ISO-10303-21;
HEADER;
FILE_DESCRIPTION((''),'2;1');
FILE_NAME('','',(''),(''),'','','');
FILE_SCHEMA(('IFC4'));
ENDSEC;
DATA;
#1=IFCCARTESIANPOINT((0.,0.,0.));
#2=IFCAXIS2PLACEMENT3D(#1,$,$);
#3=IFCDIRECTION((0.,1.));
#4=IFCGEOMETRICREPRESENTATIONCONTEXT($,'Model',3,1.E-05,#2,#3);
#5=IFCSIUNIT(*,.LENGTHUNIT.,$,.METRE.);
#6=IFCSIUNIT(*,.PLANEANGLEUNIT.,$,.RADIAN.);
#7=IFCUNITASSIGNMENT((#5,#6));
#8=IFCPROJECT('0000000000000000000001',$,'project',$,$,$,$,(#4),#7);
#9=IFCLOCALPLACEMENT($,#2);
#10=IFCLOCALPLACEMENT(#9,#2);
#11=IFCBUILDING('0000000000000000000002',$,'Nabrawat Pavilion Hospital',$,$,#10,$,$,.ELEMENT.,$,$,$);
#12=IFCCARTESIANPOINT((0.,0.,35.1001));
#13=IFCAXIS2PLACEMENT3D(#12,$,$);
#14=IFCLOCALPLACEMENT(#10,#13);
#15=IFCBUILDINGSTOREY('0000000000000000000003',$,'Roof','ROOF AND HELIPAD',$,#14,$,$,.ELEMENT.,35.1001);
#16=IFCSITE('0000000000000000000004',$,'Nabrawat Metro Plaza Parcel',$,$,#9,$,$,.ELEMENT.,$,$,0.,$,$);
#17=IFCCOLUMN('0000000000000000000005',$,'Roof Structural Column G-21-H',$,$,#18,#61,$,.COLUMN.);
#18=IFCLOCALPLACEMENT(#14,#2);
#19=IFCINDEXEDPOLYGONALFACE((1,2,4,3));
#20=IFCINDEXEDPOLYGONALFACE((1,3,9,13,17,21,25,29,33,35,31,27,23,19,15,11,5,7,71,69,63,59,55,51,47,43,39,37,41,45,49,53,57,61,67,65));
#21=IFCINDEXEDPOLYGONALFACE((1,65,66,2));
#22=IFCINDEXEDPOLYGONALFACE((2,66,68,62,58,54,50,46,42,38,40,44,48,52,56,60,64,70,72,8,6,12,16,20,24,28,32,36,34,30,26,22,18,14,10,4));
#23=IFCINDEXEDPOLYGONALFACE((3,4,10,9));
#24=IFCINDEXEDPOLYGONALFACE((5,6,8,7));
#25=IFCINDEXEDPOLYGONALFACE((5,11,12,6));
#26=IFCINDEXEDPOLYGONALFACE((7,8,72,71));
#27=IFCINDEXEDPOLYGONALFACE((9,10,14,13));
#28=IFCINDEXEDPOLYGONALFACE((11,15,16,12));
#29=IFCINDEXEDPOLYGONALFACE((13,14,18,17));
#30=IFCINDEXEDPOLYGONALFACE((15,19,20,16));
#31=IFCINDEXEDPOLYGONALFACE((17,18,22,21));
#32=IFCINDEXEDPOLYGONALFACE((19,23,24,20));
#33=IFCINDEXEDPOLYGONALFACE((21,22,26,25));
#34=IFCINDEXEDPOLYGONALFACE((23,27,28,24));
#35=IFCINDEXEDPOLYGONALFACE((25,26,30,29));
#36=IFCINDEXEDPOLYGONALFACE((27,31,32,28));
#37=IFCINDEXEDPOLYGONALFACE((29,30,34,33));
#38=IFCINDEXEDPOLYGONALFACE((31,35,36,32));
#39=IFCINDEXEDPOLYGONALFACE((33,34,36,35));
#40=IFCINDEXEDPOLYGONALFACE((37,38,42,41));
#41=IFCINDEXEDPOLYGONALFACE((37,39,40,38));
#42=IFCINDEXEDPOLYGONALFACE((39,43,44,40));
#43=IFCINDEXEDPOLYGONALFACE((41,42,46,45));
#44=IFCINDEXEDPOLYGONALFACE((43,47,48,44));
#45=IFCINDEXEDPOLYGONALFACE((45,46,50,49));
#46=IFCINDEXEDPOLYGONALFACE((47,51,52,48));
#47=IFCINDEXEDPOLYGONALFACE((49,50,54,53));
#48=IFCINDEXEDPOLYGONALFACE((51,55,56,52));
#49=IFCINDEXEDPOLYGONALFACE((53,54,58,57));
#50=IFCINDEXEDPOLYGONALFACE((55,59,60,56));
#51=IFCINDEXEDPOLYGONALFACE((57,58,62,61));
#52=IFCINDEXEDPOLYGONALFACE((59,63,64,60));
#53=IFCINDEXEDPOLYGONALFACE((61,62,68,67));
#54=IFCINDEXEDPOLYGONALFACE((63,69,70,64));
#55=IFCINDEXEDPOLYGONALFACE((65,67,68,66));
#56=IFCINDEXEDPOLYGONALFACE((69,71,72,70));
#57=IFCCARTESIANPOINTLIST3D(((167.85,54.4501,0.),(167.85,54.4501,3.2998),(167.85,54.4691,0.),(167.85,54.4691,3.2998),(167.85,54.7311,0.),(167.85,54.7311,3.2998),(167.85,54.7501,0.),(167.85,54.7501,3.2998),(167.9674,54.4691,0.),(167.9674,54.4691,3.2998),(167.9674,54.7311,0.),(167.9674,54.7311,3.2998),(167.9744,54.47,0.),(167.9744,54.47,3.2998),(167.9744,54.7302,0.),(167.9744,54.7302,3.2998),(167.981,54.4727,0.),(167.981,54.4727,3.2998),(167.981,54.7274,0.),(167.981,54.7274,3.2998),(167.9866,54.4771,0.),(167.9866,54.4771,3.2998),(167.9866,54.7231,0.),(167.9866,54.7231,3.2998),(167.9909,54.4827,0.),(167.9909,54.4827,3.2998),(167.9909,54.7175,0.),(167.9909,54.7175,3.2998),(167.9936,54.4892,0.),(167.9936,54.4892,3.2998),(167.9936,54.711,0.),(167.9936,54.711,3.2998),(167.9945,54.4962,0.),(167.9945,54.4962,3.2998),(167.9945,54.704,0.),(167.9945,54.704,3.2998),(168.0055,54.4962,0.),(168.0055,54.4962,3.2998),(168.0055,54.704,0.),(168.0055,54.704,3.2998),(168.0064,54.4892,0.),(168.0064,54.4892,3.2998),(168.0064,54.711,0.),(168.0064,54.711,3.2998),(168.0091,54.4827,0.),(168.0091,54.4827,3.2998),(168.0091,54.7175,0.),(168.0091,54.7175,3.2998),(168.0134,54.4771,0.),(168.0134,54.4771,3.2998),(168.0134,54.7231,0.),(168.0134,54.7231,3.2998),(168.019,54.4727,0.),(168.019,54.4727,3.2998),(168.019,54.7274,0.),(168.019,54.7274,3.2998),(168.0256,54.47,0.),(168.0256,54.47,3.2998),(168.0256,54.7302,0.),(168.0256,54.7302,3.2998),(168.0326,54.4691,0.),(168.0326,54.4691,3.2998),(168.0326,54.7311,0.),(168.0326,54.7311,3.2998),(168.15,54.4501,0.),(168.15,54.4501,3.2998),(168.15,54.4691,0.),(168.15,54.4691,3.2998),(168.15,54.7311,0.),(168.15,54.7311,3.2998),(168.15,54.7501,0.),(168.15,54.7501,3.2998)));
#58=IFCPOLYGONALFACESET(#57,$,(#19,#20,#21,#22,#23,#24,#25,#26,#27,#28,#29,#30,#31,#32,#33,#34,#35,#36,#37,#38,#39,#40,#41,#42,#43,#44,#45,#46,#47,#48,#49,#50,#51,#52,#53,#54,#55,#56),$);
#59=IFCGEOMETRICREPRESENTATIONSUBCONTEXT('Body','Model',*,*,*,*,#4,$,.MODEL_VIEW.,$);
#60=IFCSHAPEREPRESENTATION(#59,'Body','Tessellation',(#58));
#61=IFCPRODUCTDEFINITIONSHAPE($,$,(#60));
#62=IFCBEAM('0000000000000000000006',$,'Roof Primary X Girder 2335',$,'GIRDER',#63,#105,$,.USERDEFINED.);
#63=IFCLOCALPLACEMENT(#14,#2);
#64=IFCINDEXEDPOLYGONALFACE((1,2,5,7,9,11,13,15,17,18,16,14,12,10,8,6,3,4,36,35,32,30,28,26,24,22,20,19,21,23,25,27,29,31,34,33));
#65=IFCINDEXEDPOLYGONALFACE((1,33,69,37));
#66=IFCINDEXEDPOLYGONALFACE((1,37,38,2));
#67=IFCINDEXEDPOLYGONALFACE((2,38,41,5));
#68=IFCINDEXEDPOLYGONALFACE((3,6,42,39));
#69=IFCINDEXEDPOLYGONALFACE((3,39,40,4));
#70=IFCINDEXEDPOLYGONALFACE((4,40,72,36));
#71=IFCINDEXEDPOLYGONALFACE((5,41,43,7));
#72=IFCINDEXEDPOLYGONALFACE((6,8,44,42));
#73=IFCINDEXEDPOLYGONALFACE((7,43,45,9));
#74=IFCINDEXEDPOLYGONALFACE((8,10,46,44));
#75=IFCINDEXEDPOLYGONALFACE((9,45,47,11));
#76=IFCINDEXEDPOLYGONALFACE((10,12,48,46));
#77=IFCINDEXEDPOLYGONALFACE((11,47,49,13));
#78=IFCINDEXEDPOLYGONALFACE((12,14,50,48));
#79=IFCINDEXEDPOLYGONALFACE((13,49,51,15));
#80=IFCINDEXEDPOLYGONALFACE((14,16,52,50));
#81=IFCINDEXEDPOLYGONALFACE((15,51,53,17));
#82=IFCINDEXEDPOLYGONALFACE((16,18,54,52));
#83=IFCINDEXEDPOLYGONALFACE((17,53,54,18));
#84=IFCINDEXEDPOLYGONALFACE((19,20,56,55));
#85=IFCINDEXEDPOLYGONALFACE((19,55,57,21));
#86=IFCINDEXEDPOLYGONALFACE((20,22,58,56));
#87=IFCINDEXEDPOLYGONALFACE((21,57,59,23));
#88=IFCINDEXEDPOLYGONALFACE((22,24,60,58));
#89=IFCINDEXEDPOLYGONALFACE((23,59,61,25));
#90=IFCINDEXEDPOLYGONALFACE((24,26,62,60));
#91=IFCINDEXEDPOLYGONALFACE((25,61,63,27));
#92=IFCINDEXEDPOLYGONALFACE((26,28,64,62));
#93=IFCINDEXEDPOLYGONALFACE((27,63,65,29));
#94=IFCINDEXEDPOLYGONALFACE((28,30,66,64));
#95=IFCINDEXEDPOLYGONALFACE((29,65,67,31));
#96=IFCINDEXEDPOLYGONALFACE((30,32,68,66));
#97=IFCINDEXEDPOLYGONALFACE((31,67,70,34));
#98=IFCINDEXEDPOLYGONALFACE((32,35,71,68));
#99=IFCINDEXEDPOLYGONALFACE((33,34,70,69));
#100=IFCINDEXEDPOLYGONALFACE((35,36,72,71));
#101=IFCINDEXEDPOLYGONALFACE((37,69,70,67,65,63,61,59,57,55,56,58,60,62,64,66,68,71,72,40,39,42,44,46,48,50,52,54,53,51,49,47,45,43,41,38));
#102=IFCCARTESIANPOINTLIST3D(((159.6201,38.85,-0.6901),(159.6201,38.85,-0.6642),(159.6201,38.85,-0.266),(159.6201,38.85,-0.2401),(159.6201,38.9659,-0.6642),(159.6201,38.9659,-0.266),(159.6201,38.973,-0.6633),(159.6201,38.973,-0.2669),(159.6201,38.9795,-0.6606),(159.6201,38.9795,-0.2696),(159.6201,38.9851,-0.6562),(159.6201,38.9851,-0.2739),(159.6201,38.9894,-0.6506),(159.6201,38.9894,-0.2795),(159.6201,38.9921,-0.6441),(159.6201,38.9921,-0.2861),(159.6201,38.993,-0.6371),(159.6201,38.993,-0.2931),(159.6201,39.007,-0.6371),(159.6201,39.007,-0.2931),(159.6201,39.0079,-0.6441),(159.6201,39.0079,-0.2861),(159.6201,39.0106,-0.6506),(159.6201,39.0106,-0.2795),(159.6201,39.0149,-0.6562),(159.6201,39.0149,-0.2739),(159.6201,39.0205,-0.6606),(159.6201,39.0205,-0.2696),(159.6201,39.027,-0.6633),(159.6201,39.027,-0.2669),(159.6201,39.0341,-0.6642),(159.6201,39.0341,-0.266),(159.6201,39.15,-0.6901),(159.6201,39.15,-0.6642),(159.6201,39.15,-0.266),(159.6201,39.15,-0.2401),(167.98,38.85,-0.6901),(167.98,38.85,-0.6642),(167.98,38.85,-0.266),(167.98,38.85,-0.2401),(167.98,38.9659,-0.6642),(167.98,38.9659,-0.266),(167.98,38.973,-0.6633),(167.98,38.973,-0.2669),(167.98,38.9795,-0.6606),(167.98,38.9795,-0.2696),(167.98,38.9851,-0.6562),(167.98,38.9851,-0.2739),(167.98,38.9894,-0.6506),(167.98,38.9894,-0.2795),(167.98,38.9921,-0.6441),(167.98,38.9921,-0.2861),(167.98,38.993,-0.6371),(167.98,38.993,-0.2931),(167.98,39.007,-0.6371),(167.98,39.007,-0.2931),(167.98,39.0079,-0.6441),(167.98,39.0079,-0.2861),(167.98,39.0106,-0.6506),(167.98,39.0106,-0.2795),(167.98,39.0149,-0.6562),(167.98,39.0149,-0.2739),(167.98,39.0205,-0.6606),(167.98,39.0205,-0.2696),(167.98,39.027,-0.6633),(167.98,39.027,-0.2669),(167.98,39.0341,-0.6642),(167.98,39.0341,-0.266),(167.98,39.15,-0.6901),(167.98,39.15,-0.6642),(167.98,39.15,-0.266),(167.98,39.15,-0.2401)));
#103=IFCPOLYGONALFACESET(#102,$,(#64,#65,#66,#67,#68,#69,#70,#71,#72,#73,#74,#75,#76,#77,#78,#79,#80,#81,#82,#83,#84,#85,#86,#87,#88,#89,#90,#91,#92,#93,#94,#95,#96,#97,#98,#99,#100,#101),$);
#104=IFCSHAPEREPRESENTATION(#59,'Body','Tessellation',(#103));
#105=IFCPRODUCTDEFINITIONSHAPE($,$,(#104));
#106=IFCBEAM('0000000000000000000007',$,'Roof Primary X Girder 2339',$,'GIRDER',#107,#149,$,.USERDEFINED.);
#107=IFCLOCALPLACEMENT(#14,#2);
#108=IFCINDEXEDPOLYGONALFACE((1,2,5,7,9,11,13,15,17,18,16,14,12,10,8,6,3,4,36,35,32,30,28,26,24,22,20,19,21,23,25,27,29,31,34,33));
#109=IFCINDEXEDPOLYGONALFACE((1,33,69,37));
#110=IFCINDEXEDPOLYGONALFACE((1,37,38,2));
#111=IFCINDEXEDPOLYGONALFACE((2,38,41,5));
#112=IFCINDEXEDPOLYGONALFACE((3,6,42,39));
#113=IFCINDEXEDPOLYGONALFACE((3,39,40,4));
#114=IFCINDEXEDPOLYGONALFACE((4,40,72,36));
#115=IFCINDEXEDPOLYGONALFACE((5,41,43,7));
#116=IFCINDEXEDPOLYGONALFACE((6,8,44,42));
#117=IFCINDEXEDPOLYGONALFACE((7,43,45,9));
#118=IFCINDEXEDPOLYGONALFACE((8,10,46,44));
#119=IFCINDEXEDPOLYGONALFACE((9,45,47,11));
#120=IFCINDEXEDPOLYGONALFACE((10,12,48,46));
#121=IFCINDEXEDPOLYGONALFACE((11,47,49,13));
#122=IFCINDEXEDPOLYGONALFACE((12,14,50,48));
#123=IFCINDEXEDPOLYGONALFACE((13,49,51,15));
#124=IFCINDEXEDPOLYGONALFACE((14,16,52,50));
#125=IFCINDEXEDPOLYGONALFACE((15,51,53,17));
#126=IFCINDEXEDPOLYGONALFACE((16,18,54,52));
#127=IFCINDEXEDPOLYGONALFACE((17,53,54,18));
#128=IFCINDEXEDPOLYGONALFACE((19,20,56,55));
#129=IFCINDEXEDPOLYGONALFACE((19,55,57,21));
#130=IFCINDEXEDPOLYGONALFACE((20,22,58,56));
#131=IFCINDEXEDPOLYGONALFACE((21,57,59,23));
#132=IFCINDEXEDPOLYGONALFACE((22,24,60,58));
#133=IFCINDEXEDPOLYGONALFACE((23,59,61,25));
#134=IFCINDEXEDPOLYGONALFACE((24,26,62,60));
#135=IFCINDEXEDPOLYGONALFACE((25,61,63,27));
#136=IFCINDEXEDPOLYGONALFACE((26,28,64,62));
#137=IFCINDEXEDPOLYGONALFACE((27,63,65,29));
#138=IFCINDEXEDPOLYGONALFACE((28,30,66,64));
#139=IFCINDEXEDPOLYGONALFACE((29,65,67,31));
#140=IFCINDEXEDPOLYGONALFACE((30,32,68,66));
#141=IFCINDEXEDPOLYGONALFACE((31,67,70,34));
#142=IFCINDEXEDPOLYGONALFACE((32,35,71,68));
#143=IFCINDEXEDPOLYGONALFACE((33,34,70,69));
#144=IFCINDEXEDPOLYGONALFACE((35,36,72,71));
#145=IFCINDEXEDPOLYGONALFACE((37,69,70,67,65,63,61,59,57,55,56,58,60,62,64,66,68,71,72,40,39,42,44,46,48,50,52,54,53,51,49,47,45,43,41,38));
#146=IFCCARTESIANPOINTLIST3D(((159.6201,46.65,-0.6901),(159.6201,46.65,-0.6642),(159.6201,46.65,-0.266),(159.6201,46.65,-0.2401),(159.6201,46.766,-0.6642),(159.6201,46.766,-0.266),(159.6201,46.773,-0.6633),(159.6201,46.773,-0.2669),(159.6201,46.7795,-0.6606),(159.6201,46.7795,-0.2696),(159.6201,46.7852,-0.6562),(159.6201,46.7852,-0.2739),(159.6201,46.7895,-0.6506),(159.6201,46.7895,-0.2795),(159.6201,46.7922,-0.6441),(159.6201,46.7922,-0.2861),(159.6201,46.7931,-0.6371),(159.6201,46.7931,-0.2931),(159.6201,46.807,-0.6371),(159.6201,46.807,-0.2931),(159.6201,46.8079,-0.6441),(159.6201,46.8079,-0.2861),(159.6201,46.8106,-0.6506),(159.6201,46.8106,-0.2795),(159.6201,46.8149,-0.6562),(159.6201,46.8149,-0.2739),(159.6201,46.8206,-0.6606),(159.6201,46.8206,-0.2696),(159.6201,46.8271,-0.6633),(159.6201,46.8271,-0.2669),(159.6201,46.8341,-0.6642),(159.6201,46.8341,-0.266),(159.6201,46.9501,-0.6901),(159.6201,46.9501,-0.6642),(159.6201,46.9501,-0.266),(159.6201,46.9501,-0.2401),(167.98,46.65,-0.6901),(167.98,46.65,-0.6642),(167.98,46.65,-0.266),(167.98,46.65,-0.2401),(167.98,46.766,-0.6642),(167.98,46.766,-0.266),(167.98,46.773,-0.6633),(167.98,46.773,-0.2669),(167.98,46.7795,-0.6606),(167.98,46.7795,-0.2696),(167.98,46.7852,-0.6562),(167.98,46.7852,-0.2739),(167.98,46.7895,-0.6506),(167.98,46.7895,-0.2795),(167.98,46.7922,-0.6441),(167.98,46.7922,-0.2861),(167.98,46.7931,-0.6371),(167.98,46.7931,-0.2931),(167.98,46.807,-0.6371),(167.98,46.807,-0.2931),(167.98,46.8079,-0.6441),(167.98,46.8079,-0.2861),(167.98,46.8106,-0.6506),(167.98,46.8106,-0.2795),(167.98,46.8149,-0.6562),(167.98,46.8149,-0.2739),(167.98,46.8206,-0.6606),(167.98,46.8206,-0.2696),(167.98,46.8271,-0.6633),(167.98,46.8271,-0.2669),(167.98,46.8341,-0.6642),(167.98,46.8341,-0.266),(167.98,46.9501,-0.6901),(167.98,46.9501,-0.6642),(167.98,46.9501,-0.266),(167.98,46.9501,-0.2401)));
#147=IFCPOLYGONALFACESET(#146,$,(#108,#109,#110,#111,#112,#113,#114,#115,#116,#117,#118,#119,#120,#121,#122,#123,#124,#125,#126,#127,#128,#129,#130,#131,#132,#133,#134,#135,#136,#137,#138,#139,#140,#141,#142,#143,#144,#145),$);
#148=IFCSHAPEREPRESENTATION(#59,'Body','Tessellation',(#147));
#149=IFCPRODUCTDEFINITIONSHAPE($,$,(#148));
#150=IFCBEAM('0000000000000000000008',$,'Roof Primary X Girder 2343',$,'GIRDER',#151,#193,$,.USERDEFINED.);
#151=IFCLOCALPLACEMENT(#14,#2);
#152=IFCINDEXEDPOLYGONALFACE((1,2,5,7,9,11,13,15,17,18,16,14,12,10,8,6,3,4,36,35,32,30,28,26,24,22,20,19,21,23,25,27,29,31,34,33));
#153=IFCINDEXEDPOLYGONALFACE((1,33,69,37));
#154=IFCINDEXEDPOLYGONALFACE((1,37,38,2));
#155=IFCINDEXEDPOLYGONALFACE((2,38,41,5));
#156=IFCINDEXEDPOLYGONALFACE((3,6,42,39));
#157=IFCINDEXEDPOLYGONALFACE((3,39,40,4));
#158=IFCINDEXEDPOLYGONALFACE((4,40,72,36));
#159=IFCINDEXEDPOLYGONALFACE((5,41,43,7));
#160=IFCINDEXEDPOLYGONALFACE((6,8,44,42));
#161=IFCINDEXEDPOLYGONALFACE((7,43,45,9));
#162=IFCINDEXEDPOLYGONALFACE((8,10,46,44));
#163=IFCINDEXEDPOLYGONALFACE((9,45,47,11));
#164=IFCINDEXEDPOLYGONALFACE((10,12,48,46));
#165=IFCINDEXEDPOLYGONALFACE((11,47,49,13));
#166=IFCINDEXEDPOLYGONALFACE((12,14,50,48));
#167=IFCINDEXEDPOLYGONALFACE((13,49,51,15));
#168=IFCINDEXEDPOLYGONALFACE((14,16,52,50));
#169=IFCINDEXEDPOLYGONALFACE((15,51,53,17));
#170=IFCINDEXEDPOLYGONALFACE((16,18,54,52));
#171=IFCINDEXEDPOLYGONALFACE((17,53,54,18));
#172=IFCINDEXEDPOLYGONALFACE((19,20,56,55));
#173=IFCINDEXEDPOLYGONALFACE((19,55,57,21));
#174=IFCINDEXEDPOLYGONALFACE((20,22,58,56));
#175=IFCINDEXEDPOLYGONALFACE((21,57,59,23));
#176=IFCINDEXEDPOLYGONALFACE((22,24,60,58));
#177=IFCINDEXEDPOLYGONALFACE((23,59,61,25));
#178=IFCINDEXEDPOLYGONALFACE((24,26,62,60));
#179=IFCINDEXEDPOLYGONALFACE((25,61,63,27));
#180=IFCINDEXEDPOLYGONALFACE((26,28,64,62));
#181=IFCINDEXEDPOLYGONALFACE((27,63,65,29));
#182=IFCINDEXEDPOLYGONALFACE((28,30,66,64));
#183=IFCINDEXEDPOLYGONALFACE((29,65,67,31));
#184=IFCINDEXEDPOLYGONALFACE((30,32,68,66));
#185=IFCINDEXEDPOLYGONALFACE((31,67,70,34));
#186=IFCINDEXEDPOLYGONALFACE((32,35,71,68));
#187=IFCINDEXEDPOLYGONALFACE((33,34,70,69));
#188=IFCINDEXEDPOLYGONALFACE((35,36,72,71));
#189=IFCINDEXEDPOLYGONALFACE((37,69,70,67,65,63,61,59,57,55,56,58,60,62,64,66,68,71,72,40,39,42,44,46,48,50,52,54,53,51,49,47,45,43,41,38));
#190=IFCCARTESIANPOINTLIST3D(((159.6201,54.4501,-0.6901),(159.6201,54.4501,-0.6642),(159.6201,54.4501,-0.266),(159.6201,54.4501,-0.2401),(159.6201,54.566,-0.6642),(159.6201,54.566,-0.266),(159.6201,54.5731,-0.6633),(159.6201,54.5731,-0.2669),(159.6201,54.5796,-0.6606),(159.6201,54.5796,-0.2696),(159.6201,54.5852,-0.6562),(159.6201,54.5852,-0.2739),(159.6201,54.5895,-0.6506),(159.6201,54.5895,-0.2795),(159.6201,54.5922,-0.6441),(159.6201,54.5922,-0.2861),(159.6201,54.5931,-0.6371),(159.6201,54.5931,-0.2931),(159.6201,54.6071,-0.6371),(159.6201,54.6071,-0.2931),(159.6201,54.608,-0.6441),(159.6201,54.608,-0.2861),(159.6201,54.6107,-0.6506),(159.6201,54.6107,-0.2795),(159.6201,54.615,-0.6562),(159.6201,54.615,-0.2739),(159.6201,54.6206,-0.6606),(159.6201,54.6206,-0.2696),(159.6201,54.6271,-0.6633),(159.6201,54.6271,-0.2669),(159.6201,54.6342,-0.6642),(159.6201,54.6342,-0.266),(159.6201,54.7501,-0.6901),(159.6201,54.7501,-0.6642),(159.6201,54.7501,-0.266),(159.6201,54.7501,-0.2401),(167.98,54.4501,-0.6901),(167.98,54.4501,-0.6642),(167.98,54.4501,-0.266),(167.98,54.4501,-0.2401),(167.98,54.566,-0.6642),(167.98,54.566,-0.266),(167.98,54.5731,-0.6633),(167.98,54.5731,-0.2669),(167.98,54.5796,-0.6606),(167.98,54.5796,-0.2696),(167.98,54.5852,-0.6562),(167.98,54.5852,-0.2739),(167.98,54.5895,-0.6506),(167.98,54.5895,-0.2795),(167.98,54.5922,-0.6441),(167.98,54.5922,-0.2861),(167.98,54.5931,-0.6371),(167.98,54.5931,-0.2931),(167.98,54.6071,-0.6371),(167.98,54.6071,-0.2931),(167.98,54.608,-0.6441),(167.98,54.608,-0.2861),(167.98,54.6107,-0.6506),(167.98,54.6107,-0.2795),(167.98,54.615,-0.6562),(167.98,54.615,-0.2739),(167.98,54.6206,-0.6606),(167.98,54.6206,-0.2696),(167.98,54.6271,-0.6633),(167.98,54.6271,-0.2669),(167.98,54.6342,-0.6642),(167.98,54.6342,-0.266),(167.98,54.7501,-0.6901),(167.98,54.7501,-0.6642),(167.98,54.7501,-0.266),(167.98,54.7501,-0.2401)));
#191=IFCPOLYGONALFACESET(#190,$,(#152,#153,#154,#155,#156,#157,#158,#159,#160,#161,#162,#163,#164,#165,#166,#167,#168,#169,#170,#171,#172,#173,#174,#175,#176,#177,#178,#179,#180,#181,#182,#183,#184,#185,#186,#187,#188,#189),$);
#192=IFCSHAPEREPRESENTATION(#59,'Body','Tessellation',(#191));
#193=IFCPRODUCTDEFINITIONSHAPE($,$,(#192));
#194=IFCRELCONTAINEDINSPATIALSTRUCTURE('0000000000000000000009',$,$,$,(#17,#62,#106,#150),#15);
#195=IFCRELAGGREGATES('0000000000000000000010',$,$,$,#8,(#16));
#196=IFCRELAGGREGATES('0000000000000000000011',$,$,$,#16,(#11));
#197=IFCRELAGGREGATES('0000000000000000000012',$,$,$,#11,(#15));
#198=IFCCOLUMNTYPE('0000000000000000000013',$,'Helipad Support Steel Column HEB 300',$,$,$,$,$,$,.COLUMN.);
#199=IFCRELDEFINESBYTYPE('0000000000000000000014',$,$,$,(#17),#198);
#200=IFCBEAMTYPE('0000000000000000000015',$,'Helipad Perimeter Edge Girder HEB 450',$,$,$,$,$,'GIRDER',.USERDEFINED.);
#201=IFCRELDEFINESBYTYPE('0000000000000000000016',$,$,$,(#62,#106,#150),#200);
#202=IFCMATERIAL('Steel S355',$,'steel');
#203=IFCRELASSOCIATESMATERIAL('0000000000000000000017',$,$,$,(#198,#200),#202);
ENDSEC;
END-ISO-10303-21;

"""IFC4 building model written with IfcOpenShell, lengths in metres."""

from ifc_helpers import new_model, si_unit, direction, frame, origin, origin_2d, place, context, subcontext, project, spatial, i_section, extrude, material, material_profile, profile_set, type_object, element, save


model = new_model("IFC4")

# Units and contexts
model_context = context("Model", 3, precision=1e-05, world=origin(), true_north=direction((0.0, 1.0)))
body_context = subcontext(model_context, "Body", "Model", "MODEL_VIEW")
ifc_project = project(units=[si_unit("LENGTHUNIT", "METRE"), si_unit("PLANEANGLEUNIT", "RADIAN")], contexts=[model_context])

# Site, building, storey
site_placement = place(None, origin())
site = spatial("IfcSite", under=ifc_project, at=site_placement, Name="Nabrawat Metro Plaza Parcel", CompositionType="ELEMENT", RefElevation=0.0)
building_placement = place(site_placement, origin())
building = spatial("IfcBuilding", under=site, at=building_placement, Name="Nabrawat Pavilion Hospital", CompositionType="ELEMENT")
storey_placement = place(building_placement, frame((0.0, 0.0, 35.1001)))
storey = spatial("IfcBuildingStorey", under=building, at=storey_placement, Name="Roof", Description="ROOF AND HELIPAD", CompositionType="ELEMENT", Elevation=35.1001)

# Column
ifc_material_1 = material(Name="Steel S355", Category="steel")
ifc_material_profile_1 = material_profile(ifc_material_1, i_section(OverallWidth=0.3, OverallDepth=0.3, WebThickness=0.011, FlangeThickness=0.019, FilletRadius=0.0271, at=origin_2d()), Name="HEB 300")
ifc_profile_set_1 = profile_set([ifc_material_profile_1], Name="Steel S355")
column_type = type_object("IfcColumnType", Name="Helipad Support Steel Column HEB 300", PredefinedType="COLUMN", material=ifc_profile_set_1)
for number, where, z_axis, x_axis, name in (
    (1, (168.0, 54.6001, 0.0), (0.0, 0.0, 1.0), (1.0, 0.0, 0.0), "Roof Structural Column G-21-H"),
):
    element("IfcColumn", number, at=place(storey_placement, frame(where, z_axis=z_axis, x_axis=x_axis)), inside=storey, type_object=column_type, Name=name, PredefinedType="COLUMN", context=body_context, shape_type="SweptSolid", body=[
        extrude(i_section(OverallWidth=0.3, OverallDepth=0.3, WebThickness=0.011, FlangeThickness=0.019, FilletRadius=0.0271, at=origin_2d()), origin(), (0.0, 0.0, 1.0), 3.2998),
    ])

# Beams
ifc_material_profile_2 = material_profile(ifc_material_1, i_section(OverallWidth=0.3, OverallDepth=0.45, WebThickness=0.0139, FlangeThickness=0.0259, FilletRadius=0.0271, at=origin_2d()), Name="HEB 450")
ifc_profile_set_2 = profile_set([ifc_material_profile_2], Name="Steel S355")
beam_type_1 = type_object("IfcBeamType", Name="Helipad Perimeter Edge Girder HEB 450", ElementType="GIRDER", PredefinedType="USERDEFINED", material=ifc_profile_set_2)
for number, where, z_axis, x_axis, name in (
    (2, (159.6201, 39.0, -0.4651), (1.0, 0.0, 0.0), (0.0, 1.0, 0.0), "Roof Primary X Girder 2335"),
    (3, (159.6201, 46.8, -0.4651), (1.0, 0.0, 0.0), (0.0, 1.0, 0.0), "Roof Primary X Girder 2339"),
    (4, (159.6201, 54.6001, -0.4651), (1.0, 0.0, 0.0), (0.0, 1.0, 0.0), "Roof Primary X Girder 2343"),
):
    element("IfcBeam", number, at=place(storey_placement, frame(where, z_axis=z_axis, x_axis=x_axis)), inside=storey, type_object=beam_type_1, Name=name, ObjectType="GIRDER", PredefinedType="USERDEFINED", context=body_context, shape_type="SweptSolid", body=[
        extrude(i_section(OverallWidth=0.3, OverallDepth=0.45, WebThickness=0.0139, FlangeThickness=0.0259, FilletRadius=0.0271, at=origin_2d()), origin(), (0.0, 0.0, 1.0), 8.3599),
    ])

save(model, "model.ifc")
